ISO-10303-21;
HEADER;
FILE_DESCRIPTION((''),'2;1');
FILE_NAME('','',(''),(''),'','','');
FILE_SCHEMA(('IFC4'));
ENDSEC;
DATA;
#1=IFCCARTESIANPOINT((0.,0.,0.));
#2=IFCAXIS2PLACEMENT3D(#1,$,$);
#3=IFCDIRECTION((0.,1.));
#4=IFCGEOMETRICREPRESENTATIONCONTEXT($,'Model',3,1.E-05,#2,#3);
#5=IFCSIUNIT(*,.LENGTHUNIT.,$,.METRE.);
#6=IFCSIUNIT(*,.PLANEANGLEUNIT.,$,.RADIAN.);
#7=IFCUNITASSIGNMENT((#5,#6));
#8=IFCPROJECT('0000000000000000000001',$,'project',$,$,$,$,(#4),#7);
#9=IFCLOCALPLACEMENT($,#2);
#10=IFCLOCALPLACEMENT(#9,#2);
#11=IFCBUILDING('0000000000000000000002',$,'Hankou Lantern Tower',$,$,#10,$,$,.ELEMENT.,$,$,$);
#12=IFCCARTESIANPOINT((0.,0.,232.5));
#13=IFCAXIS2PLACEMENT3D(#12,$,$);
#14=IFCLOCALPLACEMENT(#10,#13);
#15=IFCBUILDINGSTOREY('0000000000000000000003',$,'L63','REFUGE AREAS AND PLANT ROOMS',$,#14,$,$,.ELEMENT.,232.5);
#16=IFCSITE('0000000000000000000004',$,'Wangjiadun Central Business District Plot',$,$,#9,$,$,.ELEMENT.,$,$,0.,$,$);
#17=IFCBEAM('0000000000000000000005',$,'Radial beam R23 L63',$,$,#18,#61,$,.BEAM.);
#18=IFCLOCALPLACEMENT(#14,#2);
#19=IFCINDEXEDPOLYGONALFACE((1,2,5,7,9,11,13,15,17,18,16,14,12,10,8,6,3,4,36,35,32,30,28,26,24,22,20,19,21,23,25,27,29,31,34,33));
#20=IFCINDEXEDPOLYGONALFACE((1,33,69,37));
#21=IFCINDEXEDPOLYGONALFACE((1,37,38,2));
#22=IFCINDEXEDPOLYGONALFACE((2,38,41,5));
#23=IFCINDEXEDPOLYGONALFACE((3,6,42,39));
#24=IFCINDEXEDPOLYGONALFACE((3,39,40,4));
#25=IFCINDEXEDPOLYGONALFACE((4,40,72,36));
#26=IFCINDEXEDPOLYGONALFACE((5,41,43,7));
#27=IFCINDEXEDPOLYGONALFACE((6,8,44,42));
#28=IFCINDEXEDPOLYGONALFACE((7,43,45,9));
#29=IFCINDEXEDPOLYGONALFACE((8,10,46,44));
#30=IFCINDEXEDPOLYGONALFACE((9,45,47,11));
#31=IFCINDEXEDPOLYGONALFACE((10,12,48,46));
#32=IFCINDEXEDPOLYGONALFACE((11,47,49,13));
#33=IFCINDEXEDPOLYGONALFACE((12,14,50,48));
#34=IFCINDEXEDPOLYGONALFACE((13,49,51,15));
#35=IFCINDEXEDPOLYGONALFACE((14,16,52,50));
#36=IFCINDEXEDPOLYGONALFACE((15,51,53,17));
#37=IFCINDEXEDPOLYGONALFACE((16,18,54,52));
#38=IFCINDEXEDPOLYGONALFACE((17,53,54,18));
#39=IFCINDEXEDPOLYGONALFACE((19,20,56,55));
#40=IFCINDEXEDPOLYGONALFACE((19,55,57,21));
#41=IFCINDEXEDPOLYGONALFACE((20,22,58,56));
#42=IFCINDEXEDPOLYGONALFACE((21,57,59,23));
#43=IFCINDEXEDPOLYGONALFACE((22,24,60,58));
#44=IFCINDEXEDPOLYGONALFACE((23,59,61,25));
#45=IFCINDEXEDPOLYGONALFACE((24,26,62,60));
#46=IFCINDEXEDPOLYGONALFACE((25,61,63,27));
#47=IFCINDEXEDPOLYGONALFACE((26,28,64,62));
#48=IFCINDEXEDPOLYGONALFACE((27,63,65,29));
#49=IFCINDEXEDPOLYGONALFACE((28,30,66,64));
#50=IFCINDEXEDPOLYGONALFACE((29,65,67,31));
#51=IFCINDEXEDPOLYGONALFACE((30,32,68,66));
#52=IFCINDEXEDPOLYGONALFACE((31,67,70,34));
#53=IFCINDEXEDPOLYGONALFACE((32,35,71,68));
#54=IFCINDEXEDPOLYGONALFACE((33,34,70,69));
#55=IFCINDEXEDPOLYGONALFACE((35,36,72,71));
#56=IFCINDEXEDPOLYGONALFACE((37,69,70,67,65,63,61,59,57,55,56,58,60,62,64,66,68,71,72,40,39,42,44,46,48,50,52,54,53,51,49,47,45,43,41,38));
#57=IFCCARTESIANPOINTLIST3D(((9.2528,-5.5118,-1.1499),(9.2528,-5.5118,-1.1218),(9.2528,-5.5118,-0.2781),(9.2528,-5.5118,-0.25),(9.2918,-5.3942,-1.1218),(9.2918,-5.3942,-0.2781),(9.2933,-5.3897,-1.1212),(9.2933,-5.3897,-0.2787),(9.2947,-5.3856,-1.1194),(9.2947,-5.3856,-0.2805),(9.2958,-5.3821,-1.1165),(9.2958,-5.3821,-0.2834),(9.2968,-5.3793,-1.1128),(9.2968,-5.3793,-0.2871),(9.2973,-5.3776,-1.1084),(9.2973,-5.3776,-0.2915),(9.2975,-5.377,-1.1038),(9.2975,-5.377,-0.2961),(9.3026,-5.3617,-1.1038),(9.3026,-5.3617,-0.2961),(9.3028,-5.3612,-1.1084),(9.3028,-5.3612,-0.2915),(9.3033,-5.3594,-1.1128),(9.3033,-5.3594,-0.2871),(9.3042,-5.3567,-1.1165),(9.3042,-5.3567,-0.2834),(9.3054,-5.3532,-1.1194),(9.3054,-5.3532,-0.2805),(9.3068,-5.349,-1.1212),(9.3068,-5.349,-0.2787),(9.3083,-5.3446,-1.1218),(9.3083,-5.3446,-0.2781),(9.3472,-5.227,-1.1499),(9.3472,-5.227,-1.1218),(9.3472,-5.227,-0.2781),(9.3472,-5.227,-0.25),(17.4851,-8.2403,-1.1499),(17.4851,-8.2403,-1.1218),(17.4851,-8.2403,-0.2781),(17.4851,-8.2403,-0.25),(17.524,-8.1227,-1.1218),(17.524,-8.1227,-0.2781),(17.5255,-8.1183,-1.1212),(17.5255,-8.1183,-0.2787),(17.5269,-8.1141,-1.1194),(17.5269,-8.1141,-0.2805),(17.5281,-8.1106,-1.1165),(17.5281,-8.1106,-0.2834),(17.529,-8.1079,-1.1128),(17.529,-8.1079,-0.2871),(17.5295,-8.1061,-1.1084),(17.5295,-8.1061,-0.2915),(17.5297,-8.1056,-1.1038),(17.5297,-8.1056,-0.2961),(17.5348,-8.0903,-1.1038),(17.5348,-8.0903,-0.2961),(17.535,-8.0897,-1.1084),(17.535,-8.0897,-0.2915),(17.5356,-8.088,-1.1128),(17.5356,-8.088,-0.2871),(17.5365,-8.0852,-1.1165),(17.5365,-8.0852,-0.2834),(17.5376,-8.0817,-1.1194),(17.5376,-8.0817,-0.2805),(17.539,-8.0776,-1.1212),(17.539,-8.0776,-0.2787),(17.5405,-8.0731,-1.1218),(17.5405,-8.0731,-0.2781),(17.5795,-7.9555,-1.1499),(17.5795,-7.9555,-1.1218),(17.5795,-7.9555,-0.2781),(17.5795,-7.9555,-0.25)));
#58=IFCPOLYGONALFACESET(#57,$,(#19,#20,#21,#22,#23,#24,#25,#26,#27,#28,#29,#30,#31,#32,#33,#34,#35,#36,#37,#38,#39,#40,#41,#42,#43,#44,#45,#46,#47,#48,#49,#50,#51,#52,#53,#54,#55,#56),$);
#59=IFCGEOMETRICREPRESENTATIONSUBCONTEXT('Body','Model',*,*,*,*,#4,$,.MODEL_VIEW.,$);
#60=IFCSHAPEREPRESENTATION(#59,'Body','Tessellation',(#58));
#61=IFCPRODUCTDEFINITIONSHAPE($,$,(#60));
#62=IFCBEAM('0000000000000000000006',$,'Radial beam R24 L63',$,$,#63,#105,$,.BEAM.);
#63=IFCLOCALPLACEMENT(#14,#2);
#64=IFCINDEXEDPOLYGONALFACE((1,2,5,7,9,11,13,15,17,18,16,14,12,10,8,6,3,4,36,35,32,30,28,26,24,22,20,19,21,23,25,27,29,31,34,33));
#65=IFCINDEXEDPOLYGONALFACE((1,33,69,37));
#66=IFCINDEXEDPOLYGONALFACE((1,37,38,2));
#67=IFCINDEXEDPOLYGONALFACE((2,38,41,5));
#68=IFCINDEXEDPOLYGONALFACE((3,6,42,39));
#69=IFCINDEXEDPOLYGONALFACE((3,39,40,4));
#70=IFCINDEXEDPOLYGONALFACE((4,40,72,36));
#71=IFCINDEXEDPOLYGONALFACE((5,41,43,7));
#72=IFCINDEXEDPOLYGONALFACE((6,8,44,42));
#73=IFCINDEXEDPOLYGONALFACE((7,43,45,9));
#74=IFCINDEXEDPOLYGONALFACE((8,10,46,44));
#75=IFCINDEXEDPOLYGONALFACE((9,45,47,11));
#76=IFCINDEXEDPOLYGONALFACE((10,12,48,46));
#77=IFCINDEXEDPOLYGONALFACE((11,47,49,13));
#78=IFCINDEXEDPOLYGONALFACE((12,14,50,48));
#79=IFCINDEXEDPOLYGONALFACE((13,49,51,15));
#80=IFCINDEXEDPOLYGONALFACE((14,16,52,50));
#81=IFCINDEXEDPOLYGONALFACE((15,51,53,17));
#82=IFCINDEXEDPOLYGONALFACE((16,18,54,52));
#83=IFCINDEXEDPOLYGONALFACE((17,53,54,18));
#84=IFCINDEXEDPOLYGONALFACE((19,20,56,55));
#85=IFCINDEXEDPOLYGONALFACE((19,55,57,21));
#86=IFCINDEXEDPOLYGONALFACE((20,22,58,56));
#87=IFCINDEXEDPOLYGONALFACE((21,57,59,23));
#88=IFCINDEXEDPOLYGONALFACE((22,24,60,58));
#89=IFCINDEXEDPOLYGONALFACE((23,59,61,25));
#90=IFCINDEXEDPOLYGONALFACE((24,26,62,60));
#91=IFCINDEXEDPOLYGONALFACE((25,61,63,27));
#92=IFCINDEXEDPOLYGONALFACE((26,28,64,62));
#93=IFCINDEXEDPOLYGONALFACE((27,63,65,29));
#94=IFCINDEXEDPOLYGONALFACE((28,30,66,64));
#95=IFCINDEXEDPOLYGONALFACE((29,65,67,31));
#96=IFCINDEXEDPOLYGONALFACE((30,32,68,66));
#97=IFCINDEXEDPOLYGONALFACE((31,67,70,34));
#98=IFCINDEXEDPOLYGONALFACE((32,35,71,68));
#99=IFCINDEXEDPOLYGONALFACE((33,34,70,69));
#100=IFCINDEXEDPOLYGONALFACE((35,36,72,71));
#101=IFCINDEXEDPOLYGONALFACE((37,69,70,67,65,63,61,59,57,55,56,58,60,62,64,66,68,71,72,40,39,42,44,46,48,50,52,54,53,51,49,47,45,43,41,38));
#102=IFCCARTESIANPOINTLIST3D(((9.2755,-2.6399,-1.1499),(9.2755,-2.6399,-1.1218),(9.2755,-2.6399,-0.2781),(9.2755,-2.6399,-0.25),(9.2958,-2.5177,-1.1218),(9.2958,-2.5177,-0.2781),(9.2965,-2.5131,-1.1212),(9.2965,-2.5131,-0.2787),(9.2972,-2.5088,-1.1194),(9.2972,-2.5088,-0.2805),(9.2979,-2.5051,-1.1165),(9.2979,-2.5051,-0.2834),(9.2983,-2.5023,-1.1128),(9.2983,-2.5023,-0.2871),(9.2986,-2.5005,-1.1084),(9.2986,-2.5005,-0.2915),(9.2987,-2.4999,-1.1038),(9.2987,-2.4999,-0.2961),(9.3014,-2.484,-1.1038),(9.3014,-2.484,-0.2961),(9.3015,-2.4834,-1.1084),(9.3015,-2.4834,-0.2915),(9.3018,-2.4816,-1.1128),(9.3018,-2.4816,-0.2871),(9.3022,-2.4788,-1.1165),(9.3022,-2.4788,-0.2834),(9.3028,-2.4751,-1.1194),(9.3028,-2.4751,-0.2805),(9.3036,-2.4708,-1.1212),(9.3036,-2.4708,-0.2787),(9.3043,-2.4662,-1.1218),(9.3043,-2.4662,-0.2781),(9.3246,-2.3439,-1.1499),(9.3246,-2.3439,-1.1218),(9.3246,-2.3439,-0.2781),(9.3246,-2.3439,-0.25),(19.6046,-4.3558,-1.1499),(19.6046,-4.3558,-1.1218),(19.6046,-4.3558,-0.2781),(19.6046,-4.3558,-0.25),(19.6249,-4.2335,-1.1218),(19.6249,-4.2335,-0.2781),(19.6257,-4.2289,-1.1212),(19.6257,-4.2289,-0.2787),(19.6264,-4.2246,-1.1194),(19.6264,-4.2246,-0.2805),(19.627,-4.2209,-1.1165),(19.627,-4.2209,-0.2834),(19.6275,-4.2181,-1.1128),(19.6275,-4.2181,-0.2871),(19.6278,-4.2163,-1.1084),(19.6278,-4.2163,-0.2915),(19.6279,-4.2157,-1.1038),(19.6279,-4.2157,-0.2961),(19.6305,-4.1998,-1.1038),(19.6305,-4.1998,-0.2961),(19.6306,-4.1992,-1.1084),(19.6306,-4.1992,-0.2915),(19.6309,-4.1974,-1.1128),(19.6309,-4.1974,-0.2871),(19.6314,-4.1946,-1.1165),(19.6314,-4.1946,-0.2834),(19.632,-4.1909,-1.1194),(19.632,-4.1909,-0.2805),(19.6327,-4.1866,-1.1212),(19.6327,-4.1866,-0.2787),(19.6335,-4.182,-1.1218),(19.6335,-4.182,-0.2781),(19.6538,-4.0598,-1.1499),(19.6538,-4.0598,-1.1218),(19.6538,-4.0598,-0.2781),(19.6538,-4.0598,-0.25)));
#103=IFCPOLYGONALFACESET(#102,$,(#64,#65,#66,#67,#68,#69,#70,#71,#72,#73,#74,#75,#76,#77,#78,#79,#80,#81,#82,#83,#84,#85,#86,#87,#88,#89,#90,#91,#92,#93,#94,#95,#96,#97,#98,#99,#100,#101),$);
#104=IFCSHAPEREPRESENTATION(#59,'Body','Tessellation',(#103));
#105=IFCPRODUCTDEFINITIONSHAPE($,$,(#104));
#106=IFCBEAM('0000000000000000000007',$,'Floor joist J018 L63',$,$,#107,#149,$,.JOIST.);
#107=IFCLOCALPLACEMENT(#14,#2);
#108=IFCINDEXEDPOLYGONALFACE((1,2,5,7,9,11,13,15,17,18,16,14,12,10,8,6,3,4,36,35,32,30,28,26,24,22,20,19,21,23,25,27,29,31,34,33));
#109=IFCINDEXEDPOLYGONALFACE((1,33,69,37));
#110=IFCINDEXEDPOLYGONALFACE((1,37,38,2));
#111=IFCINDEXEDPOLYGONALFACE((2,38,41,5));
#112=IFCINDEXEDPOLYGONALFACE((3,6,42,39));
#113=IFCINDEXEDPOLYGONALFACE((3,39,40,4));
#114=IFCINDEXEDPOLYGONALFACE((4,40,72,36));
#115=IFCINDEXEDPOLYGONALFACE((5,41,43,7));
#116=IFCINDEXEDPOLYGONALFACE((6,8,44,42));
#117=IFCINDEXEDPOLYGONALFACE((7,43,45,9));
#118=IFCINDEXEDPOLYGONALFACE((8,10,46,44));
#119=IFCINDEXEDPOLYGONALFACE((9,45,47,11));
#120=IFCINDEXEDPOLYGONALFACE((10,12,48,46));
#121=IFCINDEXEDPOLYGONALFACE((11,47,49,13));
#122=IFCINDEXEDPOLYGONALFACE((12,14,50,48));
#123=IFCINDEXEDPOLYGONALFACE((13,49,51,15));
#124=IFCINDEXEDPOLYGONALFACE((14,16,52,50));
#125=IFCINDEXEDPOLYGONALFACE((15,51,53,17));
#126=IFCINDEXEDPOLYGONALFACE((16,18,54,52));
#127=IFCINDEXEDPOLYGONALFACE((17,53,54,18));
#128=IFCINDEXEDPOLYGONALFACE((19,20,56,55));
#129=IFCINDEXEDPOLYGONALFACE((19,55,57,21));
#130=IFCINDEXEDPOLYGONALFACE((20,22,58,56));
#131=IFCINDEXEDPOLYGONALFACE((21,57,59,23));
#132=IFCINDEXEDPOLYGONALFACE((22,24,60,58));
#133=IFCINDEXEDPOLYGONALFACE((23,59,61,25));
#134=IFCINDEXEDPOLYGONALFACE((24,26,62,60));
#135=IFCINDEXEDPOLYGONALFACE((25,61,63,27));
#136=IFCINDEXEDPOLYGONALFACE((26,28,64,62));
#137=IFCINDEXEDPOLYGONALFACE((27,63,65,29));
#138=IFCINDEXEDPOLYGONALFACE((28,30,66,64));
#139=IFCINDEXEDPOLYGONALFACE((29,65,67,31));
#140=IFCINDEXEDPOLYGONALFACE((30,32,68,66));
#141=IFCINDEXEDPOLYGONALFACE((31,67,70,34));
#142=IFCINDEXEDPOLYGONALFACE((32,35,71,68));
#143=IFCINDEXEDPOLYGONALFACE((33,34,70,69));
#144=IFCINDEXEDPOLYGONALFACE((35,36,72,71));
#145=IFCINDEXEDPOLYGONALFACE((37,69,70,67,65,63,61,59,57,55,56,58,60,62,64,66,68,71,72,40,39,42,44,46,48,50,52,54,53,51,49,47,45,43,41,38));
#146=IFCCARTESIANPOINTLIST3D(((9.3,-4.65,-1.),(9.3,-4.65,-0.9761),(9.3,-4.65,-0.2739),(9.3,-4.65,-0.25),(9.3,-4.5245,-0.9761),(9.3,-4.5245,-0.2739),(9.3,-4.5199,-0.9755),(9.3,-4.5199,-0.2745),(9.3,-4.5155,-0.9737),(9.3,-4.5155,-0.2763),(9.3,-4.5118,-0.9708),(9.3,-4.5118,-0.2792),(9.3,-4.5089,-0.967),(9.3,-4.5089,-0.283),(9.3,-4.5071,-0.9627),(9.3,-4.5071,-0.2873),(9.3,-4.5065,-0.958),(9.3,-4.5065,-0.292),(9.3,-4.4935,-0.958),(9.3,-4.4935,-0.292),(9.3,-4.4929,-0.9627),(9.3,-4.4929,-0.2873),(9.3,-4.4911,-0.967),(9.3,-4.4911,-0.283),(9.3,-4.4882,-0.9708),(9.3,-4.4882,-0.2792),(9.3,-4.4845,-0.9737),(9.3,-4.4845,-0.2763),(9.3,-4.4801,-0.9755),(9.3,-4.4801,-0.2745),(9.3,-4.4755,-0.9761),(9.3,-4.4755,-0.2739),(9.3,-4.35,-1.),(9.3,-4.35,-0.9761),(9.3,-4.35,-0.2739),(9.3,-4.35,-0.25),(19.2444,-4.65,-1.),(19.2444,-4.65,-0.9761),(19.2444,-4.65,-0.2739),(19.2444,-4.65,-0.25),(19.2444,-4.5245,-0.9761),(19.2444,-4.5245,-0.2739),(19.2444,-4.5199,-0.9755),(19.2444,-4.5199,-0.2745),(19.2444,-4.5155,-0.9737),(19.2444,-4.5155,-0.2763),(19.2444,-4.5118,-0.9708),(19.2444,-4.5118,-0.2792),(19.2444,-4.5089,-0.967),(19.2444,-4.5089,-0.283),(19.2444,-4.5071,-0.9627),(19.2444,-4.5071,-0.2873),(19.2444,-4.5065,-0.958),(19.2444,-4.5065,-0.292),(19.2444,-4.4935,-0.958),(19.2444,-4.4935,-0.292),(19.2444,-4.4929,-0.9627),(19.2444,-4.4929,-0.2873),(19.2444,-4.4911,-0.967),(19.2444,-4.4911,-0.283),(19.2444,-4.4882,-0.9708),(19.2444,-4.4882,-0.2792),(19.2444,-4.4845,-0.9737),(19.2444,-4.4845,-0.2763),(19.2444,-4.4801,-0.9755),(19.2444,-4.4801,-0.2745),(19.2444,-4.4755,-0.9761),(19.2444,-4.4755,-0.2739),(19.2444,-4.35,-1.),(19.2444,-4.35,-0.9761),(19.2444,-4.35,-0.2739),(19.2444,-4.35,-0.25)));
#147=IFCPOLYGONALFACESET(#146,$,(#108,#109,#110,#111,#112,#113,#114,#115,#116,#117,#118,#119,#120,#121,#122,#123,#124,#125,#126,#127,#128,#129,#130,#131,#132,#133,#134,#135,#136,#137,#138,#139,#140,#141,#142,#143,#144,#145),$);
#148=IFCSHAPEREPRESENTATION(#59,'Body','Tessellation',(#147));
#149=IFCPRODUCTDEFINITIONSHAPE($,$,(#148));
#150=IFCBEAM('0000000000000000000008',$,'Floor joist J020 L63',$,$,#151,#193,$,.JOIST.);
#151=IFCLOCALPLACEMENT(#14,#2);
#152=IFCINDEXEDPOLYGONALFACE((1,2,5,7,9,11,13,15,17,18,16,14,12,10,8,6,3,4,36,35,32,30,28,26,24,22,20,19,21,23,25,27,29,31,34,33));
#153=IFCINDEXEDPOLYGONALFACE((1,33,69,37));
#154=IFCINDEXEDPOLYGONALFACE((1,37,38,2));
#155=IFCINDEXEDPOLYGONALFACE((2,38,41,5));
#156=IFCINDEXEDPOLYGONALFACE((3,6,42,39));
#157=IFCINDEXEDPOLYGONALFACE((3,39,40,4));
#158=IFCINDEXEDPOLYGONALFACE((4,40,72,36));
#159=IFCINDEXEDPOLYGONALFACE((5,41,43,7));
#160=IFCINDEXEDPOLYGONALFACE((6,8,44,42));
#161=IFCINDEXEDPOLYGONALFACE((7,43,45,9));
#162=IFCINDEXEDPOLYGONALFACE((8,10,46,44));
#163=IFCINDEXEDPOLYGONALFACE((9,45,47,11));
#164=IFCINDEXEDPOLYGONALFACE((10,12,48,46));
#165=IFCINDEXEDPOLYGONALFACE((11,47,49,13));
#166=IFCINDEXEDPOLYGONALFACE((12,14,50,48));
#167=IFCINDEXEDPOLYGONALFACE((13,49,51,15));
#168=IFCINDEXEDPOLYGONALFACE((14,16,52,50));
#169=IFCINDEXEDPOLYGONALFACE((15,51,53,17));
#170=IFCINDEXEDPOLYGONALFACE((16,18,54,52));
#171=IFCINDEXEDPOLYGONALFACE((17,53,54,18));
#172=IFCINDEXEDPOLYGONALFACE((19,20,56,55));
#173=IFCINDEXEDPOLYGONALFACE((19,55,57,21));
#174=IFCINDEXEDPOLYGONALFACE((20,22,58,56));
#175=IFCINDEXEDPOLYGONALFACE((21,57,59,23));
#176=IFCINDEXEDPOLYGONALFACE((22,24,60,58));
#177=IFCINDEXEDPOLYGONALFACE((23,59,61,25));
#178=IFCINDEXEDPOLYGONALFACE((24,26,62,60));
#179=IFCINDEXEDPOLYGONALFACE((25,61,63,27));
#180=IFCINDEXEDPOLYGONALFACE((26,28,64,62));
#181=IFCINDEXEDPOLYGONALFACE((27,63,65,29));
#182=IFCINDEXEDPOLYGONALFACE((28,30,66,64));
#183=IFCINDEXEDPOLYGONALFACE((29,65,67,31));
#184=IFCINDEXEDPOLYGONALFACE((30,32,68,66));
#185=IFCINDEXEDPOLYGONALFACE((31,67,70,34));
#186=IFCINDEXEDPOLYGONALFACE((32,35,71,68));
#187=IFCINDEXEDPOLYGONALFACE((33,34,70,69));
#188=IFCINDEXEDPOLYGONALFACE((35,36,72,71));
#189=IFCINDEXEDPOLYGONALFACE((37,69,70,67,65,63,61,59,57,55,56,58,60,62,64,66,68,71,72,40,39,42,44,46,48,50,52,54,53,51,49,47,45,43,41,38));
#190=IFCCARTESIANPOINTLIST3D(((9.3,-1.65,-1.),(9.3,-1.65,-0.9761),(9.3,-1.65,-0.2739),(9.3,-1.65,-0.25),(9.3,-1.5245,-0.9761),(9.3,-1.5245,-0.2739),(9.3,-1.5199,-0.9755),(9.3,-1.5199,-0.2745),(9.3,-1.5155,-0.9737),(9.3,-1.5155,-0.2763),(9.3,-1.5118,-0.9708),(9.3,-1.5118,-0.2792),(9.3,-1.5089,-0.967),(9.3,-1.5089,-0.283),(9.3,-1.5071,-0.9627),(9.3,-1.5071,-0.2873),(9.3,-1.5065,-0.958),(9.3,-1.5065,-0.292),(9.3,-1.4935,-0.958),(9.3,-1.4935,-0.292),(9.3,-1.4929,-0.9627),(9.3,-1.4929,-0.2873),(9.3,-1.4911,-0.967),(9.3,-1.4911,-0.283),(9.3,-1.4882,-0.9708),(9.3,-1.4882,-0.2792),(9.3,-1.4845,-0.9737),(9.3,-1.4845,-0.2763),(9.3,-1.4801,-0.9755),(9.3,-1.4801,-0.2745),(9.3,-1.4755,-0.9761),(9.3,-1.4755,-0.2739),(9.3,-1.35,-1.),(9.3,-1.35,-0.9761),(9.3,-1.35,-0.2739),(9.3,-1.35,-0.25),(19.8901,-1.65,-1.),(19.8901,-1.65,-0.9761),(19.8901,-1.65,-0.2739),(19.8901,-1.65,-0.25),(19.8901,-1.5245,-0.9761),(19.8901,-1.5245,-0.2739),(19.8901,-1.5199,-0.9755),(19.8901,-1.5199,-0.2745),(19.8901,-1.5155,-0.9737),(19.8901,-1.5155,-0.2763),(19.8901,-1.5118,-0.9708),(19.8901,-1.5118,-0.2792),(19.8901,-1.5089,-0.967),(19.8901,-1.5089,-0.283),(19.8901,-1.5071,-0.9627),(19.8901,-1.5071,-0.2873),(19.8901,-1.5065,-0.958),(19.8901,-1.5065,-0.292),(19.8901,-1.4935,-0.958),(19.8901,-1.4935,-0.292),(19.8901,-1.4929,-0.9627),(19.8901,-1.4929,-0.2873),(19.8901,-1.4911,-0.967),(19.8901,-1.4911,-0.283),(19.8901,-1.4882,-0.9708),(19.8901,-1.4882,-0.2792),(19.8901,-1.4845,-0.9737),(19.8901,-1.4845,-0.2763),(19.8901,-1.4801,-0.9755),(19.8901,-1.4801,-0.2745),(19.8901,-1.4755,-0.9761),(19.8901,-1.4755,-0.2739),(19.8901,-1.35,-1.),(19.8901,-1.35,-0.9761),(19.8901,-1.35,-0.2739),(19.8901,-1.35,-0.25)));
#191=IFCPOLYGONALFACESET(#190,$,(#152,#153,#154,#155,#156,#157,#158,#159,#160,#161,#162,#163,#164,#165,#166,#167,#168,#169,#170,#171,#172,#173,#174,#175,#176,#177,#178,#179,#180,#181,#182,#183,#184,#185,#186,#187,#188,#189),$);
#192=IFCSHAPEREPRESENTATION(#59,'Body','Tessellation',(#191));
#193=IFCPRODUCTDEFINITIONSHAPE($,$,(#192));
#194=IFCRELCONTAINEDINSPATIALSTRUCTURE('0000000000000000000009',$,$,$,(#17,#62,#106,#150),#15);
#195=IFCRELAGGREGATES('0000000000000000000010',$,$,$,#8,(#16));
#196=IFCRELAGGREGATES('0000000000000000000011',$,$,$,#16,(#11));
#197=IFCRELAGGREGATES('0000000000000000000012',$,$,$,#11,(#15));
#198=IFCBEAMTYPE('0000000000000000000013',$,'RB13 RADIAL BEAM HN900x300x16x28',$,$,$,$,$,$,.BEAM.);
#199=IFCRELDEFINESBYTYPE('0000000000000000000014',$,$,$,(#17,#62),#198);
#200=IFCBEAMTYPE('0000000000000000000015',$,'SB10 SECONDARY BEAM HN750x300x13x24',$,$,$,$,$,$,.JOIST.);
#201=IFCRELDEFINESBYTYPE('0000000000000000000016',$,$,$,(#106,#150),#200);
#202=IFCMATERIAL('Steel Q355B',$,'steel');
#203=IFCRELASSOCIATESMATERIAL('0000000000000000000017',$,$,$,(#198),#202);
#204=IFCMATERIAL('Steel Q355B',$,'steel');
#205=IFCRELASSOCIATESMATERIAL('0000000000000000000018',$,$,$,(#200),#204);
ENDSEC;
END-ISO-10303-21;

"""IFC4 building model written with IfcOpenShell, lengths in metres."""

from ifc_helpers import new_model, si_unit, direction, frame, origin, origin_2d, place, context, subcontext, project, spatial, i_section, extrude, material, material_profile, profile_set, type_object, element, save


model = new_model("IFC4")

# Units and contexts
model_context = context("Model", 3, precision=1e-05, world=origin(), true_north=direction((0.0, 1.0)))
body_context = subcontext(model_context, "Body", "Model", "MODEL_VIEW")
ifc_project = project(units=[si_unit("LENGTHUNIT", "METRE"), si_unit("PLANEANGLEUNIT", "RADIAN")], contexts=[model_context])

# Site, building, storey
site_placement = place(None, origin())
site = spatial("IfcSite", under=ifc_project, at=site_placement, Name="Wangjiadun Central Business District Plot", CompositionType="ELEMENT", RefElevation=0.0)
building_placement = place(site_placement, origin())
building = spatial("IfcBuilding", under=site, at=building_placement, Name="Hankou Lantern Tower", CompositionType="ELEMENT")
storey_placement = place(building_placement, frame((0.0, 0.0, 232.5)))
storey = spatial("IfcBuildingStorey", under=building, at=storey_placement, Name="L63", Description="REFUGE AREAS AND PLANT ROOMS", CompositionType="ELEMENT", Elevation=232.5)

# Beams
ifc_material_1 = material(Name="Steel Q355B", Category="steel")
ifc_material_profile_1 = material_profile(ifc_material_1, i_section(OverallWidth=0.3, OverallDepth=0.8999, WebThickness=0.0161, FlangeThickness=0.0281, FilletRadius=0.0181, at=origin_2d()), Name="HN900x300x16x28")
ifc_profile_set_1 = profile_set([ifc_material_profile_1], Name="Steel Q355B")
beam_type_1 = type_object("IfcBeamType", Name="RB13 RADIAL BEAM HN900x300x16x28", PredefinedType="BEAM", material=ifc_profile_set_1)
beam_1_placement = place(storey_placement, frame((9.3, -5.3694, -0.7), z_axis=(0.94922, -0.314614, 0.0), x_axis=(0.314614, 0.94922, 0.0)))
element("IfcBeam", 1, at=beam_1_placement, inside=storey, type_object=beam_type_1, Name="Radial beam R23 L63", PredefinedType="BEAM", context=body_context, shape_type="SweptSolid", body=[
    extrude(i_section(OverallWidth=0.3, OverallDepth=0.8999, WebThickness=0.0161, FlangeThickness=0.0281, FilletRadius=0.0181, at=origin_2d()), origin(), (0.0, 0.0, 1.0), 8.6726),
])
beam_2_placement = place(storey_placement, frame((9.3, -2.4919, -0.7), z_axis=(0.986482, -0.16387, 0.0), x_axis=(0.16387, 0.986482, 0.0)))
element("IfcBeam", 2, at=beam_2_placement, inside=storey, type_object=beam_type_1, Name="Radial beam R24 L63", PredefinedType="BEAM", context=body_context, shape_type="SweptSolid", body=[
    extrude(i_section(OverallWidth=0.3, OverallDepth=0.8999, WebThickness=0.0161, FlangeThickness=0.0281, FilletRadius=0.0181, at=origin_2d()), origin(), (0.0, 0.0, 1.0), 10.4707),
])
ifc_material_2 = material(Name="Steel Q355B", Category="steel")
ifc_material_profile_2 = material_profile(ifc_material_2, i_section(OverallWidth=0.3, OverallDepth=0.75, WebThickness=0.0129, FlangeThickness=0.0239, FilletRadius=0.0181, at=origin_2d()), Name="HN750x300x13x24")
ifc_profile_set_2 = profile_set([ifc_material_profile_2], Name="Steel Q355B")
beam_type_2 = type_object("IfcBeamType", Name="SB10 SECONDARY BEAM HN750x300x13x24", PredefinedType="JOIST", material=ifc_profile_set_2)
beam_3_placement = place(storey_placement, frame((9.3, -4.5, -0.625), z_axis=(1.0, 0.0, 0.0), x_axis=(0.0, 1.0, 0.0)))
element("IfcBeam", 3, at=beam_3_placement, inside=storey, type_object=beam_type_2, Name="Floor joist J018 L63", PredefinedType="JOIST", context=body_context, shape_type="SweptSolid", body=[
    extrude(i_section(OverallWidth=0.3, OverallDepth=0.75, WebThickness=0.0129, FlangeThickness=0.0239, FilletRadius=0.0181, at=origin_2d()), origin(), (0.0, 0.0, 1.0), 9.9443),
])
beam_4_placement = place(storey_placement, frame((9.3, -1.5, -0.625), z_axis=(1.0, 0.0, 0.0), x_axis=(0.0, 1.0, 0.0)))
element("IfcBeam", 4, at=beam_4_placement, inside=storey, type_object=beam_type_2, Name="Floor joist J020 L63", PredefinedType="JOIST", context=body_context, shape_type="SweptSolid", body=[
    extrude(i_section(OverallWidth=0.3, OverallDepth=0.75, WebThickness=0.0129, FlangeThickness=0.0239, FilletRadius=0.0181, at=origin_2d()), origin(), (0.0, 0.0, 1.0), 10.5901),
])

save(model, "model.ifc")
